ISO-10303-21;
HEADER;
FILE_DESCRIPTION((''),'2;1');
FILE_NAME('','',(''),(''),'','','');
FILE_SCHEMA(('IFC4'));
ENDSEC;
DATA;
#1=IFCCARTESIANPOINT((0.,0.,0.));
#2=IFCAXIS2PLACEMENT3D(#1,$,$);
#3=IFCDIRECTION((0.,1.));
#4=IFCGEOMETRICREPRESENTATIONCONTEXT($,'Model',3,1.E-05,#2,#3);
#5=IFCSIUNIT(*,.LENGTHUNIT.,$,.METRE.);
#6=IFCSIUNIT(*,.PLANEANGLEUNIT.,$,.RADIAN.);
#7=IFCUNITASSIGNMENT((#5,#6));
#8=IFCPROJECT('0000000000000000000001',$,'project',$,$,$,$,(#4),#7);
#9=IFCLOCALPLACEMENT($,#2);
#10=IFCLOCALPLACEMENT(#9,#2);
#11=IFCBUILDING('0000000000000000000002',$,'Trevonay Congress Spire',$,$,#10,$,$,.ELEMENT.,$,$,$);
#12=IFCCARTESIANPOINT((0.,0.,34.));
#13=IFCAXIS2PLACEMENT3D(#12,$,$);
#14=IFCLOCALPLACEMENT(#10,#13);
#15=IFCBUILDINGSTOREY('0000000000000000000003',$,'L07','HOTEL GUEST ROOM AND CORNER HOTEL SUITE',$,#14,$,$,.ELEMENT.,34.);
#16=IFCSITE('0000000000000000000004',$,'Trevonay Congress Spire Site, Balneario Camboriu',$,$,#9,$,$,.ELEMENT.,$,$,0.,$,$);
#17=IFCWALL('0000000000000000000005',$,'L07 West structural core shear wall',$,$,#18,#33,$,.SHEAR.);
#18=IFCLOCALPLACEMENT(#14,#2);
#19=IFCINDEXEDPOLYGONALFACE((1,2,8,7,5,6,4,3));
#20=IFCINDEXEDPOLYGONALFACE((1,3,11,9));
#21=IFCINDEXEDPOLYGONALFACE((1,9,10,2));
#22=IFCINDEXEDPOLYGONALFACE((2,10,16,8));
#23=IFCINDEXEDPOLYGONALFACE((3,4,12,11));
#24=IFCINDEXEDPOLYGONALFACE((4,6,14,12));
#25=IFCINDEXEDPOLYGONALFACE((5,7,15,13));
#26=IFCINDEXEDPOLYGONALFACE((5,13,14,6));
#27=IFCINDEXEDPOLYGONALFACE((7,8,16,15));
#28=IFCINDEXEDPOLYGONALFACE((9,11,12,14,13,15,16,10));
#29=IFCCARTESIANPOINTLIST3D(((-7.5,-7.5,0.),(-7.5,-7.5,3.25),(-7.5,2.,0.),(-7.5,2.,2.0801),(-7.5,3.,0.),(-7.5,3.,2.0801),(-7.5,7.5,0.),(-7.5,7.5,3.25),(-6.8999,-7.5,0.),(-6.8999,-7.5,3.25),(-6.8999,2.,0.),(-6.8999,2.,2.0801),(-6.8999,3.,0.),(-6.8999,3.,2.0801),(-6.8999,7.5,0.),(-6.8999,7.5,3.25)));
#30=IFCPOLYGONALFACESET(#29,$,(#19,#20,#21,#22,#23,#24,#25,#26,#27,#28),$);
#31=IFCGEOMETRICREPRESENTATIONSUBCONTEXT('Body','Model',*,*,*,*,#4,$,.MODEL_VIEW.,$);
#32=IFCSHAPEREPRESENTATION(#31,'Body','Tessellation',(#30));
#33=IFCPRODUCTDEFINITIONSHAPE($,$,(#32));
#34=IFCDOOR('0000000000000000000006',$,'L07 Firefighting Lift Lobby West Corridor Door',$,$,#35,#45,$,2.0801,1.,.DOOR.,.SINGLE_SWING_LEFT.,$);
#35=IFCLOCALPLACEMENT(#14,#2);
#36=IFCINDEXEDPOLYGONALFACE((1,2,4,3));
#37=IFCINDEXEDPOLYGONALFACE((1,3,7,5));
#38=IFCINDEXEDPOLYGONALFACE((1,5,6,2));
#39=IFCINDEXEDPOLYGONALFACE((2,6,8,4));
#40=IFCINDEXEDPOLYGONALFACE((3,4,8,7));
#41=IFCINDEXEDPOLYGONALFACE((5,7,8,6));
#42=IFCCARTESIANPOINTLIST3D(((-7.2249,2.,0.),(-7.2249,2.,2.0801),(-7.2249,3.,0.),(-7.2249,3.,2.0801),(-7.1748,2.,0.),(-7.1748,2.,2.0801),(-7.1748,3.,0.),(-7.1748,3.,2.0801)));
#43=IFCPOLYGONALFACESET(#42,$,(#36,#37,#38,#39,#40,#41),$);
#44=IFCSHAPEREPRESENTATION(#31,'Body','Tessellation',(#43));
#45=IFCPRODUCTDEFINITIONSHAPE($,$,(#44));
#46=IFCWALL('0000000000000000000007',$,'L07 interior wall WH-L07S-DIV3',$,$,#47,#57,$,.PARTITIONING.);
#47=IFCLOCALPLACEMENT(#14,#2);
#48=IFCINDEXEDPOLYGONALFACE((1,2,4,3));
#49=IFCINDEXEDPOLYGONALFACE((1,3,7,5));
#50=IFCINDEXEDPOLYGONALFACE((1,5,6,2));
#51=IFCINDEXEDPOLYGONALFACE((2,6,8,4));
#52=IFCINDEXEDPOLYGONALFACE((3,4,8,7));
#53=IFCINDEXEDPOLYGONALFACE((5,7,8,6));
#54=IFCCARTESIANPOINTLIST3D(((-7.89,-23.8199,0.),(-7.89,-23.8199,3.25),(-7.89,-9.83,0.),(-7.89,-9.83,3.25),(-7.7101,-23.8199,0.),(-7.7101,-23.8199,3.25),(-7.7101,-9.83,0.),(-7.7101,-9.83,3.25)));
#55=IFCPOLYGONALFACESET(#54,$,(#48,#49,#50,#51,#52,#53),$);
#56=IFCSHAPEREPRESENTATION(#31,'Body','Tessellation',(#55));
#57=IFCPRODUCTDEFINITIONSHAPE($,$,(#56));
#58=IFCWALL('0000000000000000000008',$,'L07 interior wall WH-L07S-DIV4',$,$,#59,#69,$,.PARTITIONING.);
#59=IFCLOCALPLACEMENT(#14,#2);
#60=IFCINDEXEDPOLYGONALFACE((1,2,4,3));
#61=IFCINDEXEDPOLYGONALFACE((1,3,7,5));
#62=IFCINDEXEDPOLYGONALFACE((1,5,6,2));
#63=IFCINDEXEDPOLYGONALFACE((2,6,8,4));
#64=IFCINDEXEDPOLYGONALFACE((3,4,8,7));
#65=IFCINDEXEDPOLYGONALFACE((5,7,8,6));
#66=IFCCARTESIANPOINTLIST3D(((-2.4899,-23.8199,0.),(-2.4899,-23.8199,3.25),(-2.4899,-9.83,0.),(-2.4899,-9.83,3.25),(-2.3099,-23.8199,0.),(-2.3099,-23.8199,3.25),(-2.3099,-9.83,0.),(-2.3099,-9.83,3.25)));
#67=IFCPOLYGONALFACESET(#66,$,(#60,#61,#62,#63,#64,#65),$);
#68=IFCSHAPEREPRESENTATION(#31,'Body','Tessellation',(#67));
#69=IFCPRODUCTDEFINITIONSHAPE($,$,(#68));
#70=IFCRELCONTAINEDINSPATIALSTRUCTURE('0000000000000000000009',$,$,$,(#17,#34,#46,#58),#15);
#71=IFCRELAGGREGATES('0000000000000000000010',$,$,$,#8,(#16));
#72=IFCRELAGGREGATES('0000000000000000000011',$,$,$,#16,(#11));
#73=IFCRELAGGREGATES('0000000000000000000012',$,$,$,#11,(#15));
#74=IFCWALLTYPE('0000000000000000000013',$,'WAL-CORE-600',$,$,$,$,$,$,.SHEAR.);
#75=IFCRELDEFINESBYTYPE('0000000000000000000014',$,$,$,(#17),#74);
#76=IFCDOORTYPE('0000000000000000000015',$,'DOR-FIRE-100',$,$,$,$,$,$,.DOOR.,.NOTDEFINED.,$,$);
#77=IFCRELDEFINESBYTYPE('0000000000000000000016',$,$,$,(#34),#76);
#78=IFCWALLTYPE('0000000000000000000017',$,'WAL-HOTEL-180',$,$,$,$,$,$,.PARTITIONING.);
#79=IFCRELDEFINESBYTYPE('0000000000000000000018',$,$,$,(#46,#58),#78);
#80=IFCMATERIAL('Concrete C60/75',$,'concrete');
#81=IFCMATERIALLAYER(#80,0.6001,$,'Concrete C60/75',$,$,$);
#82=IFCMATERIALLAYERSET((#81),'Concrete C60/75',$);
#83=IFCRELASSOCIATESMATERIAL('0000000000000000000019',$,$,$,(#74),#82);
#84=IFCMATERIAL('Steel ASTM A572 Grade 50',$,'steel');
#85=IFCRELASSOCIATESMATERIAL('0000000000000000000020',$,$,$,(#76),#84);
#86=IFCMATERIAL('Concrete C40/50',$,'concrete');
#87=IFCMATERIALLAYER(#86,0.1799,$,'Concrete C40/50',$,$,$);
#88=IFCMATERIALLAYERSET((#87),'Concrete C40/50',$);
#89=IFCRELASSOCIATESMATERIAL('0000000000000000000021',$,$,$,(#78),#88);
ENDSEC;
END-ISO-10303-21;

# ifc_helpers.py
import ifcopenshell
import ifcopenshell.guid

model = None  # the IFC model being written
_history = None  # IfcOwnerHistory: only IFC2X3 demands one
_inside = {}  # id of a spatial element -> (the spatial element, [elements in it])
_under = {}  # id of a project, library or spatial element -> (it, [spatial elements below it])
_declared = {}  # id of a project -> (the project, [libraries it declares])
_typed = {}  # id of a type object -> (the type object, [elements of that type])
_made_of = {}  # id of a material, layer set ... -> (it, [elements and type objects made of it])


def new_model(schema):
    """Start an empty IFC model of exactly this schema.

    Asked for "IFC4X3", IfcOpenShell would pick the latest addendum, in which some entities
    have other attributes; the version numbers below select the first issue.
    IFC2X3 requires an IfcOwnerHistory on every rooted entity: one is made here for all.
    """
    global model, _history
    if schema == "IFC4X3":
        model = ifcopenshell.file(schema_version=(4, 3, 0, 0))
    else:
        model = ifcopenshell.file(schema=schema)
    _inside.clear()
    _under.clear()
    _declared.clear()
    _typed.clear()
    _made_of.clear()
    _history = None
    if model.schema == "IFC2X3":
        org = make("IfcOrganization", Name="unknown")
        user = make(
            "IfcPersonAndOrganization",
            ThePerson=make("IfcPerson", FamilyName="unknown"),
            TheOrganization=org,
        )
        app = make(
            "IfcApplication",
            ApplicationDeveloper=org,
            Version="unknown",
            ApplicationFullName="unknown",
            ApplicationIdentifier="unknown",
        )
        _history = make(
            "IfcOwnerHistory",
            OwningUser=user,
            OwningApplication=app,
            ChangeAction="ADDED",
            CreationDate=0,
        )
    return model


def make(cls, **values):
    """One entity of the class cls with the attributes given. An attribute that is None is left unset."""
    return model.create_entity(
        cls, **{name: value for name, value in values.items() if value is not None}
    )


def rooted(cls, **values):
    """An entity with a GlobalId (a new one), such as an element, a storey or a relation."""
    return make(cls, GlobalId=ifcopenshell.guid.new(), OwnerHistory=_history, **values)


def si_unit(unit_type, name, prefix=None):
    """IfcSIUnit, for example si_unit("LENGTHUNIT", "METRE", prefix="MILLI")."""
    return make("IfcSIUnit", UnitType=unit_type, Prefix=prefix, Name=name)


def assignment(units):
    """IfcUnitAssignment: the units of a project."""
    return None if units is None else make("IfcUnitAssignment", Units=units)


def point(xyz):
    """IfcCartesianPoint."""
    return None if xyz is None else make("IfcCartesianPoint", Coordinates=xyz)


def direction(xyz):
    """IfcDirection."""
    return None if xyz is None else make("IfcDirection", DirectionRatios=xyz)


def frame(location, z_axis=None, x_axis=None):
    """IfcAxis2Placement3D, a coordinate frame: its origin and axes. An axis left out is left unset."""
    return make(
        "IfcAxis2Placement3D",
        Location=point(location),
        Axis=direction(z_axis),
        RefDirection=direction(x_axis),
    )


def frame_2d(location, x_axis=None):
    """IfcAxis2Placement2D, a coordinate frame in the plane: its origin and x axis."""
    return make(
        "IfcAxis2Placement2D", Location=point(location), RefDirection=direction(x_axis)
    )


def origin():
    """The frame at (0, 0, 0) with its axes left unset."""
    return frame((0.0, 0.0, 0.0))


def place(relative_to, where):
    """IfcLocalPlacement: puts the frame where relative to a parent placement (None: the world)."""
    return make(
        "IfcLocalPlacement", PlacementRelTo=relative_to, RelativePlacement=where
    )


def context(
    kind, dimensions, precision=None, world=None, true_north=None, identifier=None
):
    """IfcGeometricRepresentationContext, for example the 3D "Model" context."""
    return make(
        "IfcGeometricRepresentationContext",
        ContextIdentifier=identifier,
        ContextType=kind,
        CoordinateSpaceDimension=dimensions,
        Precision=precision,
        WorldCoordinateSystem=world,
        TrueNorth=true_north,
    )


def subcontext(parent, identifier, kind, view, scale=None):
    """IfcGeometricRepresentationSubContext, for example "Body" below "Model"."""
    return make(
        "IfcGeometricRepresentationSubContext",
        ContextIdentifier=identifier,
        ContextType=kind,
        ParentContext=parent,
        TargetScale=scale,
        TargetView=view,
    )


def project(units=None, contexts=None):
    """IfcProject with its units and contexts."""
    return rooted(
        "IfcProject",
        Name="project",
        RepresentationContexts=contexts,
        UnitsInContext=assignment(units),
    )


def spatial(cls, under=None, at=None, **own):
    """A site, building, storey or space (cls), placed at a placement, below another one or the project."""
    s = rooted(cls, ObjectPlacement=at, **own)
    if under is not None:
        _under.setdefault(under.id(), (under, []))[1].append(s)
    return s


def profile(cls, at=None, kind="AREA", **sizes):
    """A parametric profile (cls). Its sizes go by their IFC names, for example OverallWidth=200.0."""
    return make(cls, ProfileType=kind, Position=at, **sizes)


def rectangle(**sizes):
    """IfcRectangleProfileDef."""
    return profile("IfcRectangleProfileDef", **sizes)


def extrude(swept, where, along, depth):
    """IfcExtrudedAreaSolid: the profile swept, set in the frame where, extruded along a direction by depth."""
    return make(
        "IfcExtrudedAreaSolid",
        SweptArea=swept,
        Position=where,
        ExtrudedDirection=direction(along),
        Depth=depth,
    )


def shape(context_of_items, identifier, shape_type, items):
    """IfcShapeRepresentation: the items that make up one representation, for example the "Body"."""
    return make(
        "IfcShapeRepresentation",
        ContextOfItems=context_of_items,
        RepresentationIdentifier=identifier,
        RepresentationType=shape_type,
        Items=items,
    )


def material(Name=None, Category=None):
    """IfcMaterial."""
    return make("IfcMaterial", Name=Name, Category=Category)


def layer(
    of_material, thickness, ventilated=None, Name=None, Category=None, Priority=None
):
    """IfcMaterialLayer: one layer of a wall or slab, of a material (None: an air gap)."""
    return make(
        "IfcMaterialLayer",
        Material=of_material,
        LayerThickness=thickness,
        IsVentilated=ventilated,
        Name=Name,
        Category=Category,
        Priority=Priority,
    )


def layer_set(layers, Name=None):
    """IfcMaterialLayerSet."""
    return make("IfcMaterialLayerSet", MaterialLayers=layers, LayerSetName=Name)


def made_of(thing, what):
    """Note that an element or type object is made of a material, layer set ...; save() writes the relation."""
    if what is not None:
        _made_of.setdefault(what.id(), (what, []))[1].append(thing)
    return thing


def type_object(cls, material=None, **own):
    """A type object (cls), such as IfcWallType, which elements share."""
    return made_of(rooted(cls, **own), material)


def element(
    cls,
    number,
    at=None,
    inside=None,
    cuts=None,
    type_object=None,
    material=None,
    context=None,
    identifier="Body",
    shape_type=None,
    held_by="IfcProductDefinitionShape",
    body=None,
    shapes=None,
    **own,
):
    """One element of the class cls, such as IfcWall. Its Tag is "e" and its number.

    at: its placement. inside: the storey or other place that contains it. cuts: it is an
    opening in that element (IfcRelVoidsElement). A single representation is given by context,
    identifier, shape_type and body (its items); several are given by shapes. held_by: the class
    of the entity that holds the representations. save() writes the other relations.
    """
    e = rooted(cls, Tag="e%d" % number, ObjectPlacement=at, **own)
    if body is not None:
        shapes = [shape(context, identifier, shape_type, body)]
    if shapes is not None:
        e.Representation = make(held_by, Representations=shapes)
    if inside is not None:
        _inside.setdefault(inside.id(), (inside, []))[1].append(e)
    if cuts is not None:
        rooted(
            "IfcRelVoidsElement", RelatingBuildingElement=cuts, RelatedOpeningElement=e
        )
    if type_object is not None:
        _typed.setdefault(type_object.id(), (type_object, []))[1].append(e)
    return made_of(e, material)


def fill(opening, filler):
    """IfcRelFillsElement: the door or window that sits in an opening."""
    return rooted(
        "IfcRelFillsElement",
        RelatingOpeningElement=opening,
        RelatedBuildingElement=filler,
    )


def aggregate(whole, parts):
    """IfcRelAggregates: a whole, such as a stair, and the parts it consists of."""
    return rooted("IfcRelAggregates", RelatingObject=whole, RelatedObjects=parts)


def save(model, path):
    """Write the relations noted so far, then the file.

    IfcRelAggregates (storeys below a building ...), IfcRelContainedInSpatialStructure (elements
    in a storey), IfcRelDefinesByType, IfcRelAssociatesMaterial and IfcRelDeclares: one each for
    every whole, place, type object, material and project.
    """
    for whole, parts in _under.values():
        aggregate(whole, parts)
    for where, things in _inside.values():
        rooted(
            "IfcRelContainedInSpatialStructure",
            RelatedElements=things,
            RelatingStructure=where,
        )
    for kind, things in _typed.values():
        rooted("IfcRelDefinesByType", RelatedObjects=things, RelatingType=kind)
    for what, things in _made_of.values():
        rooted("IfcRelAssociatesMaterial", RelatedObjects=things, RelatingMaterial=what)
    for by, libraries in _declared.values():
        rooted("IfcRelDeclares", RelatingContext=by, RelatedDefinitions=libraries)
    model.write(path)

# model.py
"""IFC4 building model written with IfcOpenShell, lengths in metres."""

from ifc_helpers import new_model, si_unit, direction, frame, frame_2d, origin, place, context, subcontext, project, spatial, rectangle, extrude, material, layer, layer_set, type_object, element, fill, save


model = new_model("IFC4")

# Units and contexts
model_context = context("Model", 3, precision=1e-05, world=origin(), true_north=direction((0.0, 1.0)))
body_context = subcontext(model_context, "Body", "Model", "MODEL_VIEW")
ifc_project = project(units=[si_unit("LENGTHUNIT", "METRE"), si_unit("PLANEANGLEUNIT", "RADIAN")], contexts=[model_context])

# Site, building, storey
site_placement = place(None, origin())
site = spatial("IfcSite", under=ifc_project, at=site_placement, Name="Trevonay Congress Spire Site, Balneario Camboriu", CompositionType="ELEMENT", RefElevation=0.0)
building_placement = place(site_placement, origin())
building = spatial("IfcBuilding", under=site, at=building_placement, Name="Trevonay Congress Spire", CompositionType="ELEMENT")
storey_placement = place(building_placement, frame((0.0, 0.0, 34.0)))
storey = spatial("IfcBuildingStorey", under=building, at=storey_placement, Name="L07", Description="HOTEL GUEST ROOM AND CORNER HOTEL SUITE", CompositionType="ELEMENT", Elevation=34.0)

# Shared definitions
ifc_material_1 = material(Name="Steel ASTM A572 Grade 50", Category="steel")

# Shared definitions
ifc_material_2 = material(Name="Concrete C40/50", Category="concrete")

# Wall, opening, door
ifc_material_3 = material(Name="Concrete C60/75", Category="concrete")
ifc_layer_1 = layer(ifc_material_3, 0.6001, Name="Concrete C60/75")
ifc_layer_set_1 = layer_set([ifc_layer_1], Name="Concrete C60/75")
wall_type_1 = type_object("IfcWallType", Name="WAL-CORE-600", PredefinedType="SHEAR", material=ifc_layer_set_1)
wall_1_placement = place(storey_placement, frame((-7.2, -7.5, 0.0), z_axis=(0.0, 0.0, 1.0), x_axis=(0.0, 1.0, 0.0)))
wall_1 = element("IfcWall", 1, at=wall_1_placement, inside=storey, type_object=wall_type_1, Name="L07 West structural core shear wall", PredefinedType="SHEAR", context=body_context, shape_type="SweptSolid", body=[
    extrude(rectangle(XDim=15.0, YDim=0.6001, at=frame_2d((7.5, 0.0))), origin(), (0.0, 0.0, 1.0), 3.25),
])
opening_1_placement = place(wall_1_placement, frame((9.5, 0.0, 0.0)))
opening_1 = element("IfcOpeningElement", 2, at=opening_1_placement, cuts=wall_1, PredefinedType="OPENING", context=body_context, shape_type="SweptSolid", body=[
    extrude(rectangle(XDim=1.0, YDim=2.0801, at=frame_2d((0.5, 1.04))), frame((0.0, 0.3101, 0.0), z_axis=(0.0, -1.0, 0.0), x_axis=(1.0, 0.0, 0.0)), (0.0, 0.0, 1.0), 0.6201),
])
door_type_1 = type_object("IfcDoorType", Name="DOR-FIRE-100", OperationType="NOTDEFINED", PredefinedType="DOOR", material=ifc_material_1)
door_1_placement = place(opening_1_placement, origin())
door_1 = element("IfcDoor", 3, at=door_1_placement, inside=storey, type_object=door_type_1, Name="L07 Firefighting Lift Lobby West Corridor Door", OperationType="SINGLE_SWING_LEFT", OverallHeight=2.0801, OverallWidth=1.0, PredefinedType="DOOR", context=body_context, shape_type="SweptSolid", body=[
    extrude(rectangle(XDim=1.0, YDim=2.0801, at=frame_2d((0.5, 1.04))), frame((0.0, 0.0249, 0.0), z_axis=(0.0, -1.0, 0.0), x_axis=(1.0, 0.0, 0.0)), (0.0, 0.0, 1.0), 0.05),
])
fill(opening_1, door_1)

# Walls
ifc_layer_2 = layer(ifc_material_2, 0.1799, Name="Concrete C40/50")
ifc_layer_set_2 = layer_set([ifc_layer_2], Name="Concrete C40/50")
wall_type_2 = type_object("IfcWallType", Name="WAL-HOTEL-180", PredefinedType="PARTITIONING", material=ifc_layer_set_2)
for number, where, z_axis, x_axis, name in (
    (4, (-7.8, -23.8201, 0.0), (0.0, 0.0, 1.0), (0.0, 1.0, 0.0), "L07 interior wall WH-L07S-DIV3"),
    (5, (-2.3999, -23.8201, 0.0), (0.0, 0.0, 1.0), (0.0, 1.0, 0.0), "L07 interior wall WH-L07S-DIV4"),
):
    element("IfcWall", number, at=place(storey_placement, frame(where, z_axis=z_axis, x_axis=x_axis)), inside=storey, type_object=wall_type_2, Name=name, PredefinedType="PARTITIONING", context=body_context, shape_type="SweptSolid", body=[
        extrude(rectangle(XDim=13.99, YDim=0.1799, at=frame_2d((6.9951, 0.0))), origin(), (0.0, 0.0, 1.0), 3.25),
    ])

save(model, "model.ifc")
